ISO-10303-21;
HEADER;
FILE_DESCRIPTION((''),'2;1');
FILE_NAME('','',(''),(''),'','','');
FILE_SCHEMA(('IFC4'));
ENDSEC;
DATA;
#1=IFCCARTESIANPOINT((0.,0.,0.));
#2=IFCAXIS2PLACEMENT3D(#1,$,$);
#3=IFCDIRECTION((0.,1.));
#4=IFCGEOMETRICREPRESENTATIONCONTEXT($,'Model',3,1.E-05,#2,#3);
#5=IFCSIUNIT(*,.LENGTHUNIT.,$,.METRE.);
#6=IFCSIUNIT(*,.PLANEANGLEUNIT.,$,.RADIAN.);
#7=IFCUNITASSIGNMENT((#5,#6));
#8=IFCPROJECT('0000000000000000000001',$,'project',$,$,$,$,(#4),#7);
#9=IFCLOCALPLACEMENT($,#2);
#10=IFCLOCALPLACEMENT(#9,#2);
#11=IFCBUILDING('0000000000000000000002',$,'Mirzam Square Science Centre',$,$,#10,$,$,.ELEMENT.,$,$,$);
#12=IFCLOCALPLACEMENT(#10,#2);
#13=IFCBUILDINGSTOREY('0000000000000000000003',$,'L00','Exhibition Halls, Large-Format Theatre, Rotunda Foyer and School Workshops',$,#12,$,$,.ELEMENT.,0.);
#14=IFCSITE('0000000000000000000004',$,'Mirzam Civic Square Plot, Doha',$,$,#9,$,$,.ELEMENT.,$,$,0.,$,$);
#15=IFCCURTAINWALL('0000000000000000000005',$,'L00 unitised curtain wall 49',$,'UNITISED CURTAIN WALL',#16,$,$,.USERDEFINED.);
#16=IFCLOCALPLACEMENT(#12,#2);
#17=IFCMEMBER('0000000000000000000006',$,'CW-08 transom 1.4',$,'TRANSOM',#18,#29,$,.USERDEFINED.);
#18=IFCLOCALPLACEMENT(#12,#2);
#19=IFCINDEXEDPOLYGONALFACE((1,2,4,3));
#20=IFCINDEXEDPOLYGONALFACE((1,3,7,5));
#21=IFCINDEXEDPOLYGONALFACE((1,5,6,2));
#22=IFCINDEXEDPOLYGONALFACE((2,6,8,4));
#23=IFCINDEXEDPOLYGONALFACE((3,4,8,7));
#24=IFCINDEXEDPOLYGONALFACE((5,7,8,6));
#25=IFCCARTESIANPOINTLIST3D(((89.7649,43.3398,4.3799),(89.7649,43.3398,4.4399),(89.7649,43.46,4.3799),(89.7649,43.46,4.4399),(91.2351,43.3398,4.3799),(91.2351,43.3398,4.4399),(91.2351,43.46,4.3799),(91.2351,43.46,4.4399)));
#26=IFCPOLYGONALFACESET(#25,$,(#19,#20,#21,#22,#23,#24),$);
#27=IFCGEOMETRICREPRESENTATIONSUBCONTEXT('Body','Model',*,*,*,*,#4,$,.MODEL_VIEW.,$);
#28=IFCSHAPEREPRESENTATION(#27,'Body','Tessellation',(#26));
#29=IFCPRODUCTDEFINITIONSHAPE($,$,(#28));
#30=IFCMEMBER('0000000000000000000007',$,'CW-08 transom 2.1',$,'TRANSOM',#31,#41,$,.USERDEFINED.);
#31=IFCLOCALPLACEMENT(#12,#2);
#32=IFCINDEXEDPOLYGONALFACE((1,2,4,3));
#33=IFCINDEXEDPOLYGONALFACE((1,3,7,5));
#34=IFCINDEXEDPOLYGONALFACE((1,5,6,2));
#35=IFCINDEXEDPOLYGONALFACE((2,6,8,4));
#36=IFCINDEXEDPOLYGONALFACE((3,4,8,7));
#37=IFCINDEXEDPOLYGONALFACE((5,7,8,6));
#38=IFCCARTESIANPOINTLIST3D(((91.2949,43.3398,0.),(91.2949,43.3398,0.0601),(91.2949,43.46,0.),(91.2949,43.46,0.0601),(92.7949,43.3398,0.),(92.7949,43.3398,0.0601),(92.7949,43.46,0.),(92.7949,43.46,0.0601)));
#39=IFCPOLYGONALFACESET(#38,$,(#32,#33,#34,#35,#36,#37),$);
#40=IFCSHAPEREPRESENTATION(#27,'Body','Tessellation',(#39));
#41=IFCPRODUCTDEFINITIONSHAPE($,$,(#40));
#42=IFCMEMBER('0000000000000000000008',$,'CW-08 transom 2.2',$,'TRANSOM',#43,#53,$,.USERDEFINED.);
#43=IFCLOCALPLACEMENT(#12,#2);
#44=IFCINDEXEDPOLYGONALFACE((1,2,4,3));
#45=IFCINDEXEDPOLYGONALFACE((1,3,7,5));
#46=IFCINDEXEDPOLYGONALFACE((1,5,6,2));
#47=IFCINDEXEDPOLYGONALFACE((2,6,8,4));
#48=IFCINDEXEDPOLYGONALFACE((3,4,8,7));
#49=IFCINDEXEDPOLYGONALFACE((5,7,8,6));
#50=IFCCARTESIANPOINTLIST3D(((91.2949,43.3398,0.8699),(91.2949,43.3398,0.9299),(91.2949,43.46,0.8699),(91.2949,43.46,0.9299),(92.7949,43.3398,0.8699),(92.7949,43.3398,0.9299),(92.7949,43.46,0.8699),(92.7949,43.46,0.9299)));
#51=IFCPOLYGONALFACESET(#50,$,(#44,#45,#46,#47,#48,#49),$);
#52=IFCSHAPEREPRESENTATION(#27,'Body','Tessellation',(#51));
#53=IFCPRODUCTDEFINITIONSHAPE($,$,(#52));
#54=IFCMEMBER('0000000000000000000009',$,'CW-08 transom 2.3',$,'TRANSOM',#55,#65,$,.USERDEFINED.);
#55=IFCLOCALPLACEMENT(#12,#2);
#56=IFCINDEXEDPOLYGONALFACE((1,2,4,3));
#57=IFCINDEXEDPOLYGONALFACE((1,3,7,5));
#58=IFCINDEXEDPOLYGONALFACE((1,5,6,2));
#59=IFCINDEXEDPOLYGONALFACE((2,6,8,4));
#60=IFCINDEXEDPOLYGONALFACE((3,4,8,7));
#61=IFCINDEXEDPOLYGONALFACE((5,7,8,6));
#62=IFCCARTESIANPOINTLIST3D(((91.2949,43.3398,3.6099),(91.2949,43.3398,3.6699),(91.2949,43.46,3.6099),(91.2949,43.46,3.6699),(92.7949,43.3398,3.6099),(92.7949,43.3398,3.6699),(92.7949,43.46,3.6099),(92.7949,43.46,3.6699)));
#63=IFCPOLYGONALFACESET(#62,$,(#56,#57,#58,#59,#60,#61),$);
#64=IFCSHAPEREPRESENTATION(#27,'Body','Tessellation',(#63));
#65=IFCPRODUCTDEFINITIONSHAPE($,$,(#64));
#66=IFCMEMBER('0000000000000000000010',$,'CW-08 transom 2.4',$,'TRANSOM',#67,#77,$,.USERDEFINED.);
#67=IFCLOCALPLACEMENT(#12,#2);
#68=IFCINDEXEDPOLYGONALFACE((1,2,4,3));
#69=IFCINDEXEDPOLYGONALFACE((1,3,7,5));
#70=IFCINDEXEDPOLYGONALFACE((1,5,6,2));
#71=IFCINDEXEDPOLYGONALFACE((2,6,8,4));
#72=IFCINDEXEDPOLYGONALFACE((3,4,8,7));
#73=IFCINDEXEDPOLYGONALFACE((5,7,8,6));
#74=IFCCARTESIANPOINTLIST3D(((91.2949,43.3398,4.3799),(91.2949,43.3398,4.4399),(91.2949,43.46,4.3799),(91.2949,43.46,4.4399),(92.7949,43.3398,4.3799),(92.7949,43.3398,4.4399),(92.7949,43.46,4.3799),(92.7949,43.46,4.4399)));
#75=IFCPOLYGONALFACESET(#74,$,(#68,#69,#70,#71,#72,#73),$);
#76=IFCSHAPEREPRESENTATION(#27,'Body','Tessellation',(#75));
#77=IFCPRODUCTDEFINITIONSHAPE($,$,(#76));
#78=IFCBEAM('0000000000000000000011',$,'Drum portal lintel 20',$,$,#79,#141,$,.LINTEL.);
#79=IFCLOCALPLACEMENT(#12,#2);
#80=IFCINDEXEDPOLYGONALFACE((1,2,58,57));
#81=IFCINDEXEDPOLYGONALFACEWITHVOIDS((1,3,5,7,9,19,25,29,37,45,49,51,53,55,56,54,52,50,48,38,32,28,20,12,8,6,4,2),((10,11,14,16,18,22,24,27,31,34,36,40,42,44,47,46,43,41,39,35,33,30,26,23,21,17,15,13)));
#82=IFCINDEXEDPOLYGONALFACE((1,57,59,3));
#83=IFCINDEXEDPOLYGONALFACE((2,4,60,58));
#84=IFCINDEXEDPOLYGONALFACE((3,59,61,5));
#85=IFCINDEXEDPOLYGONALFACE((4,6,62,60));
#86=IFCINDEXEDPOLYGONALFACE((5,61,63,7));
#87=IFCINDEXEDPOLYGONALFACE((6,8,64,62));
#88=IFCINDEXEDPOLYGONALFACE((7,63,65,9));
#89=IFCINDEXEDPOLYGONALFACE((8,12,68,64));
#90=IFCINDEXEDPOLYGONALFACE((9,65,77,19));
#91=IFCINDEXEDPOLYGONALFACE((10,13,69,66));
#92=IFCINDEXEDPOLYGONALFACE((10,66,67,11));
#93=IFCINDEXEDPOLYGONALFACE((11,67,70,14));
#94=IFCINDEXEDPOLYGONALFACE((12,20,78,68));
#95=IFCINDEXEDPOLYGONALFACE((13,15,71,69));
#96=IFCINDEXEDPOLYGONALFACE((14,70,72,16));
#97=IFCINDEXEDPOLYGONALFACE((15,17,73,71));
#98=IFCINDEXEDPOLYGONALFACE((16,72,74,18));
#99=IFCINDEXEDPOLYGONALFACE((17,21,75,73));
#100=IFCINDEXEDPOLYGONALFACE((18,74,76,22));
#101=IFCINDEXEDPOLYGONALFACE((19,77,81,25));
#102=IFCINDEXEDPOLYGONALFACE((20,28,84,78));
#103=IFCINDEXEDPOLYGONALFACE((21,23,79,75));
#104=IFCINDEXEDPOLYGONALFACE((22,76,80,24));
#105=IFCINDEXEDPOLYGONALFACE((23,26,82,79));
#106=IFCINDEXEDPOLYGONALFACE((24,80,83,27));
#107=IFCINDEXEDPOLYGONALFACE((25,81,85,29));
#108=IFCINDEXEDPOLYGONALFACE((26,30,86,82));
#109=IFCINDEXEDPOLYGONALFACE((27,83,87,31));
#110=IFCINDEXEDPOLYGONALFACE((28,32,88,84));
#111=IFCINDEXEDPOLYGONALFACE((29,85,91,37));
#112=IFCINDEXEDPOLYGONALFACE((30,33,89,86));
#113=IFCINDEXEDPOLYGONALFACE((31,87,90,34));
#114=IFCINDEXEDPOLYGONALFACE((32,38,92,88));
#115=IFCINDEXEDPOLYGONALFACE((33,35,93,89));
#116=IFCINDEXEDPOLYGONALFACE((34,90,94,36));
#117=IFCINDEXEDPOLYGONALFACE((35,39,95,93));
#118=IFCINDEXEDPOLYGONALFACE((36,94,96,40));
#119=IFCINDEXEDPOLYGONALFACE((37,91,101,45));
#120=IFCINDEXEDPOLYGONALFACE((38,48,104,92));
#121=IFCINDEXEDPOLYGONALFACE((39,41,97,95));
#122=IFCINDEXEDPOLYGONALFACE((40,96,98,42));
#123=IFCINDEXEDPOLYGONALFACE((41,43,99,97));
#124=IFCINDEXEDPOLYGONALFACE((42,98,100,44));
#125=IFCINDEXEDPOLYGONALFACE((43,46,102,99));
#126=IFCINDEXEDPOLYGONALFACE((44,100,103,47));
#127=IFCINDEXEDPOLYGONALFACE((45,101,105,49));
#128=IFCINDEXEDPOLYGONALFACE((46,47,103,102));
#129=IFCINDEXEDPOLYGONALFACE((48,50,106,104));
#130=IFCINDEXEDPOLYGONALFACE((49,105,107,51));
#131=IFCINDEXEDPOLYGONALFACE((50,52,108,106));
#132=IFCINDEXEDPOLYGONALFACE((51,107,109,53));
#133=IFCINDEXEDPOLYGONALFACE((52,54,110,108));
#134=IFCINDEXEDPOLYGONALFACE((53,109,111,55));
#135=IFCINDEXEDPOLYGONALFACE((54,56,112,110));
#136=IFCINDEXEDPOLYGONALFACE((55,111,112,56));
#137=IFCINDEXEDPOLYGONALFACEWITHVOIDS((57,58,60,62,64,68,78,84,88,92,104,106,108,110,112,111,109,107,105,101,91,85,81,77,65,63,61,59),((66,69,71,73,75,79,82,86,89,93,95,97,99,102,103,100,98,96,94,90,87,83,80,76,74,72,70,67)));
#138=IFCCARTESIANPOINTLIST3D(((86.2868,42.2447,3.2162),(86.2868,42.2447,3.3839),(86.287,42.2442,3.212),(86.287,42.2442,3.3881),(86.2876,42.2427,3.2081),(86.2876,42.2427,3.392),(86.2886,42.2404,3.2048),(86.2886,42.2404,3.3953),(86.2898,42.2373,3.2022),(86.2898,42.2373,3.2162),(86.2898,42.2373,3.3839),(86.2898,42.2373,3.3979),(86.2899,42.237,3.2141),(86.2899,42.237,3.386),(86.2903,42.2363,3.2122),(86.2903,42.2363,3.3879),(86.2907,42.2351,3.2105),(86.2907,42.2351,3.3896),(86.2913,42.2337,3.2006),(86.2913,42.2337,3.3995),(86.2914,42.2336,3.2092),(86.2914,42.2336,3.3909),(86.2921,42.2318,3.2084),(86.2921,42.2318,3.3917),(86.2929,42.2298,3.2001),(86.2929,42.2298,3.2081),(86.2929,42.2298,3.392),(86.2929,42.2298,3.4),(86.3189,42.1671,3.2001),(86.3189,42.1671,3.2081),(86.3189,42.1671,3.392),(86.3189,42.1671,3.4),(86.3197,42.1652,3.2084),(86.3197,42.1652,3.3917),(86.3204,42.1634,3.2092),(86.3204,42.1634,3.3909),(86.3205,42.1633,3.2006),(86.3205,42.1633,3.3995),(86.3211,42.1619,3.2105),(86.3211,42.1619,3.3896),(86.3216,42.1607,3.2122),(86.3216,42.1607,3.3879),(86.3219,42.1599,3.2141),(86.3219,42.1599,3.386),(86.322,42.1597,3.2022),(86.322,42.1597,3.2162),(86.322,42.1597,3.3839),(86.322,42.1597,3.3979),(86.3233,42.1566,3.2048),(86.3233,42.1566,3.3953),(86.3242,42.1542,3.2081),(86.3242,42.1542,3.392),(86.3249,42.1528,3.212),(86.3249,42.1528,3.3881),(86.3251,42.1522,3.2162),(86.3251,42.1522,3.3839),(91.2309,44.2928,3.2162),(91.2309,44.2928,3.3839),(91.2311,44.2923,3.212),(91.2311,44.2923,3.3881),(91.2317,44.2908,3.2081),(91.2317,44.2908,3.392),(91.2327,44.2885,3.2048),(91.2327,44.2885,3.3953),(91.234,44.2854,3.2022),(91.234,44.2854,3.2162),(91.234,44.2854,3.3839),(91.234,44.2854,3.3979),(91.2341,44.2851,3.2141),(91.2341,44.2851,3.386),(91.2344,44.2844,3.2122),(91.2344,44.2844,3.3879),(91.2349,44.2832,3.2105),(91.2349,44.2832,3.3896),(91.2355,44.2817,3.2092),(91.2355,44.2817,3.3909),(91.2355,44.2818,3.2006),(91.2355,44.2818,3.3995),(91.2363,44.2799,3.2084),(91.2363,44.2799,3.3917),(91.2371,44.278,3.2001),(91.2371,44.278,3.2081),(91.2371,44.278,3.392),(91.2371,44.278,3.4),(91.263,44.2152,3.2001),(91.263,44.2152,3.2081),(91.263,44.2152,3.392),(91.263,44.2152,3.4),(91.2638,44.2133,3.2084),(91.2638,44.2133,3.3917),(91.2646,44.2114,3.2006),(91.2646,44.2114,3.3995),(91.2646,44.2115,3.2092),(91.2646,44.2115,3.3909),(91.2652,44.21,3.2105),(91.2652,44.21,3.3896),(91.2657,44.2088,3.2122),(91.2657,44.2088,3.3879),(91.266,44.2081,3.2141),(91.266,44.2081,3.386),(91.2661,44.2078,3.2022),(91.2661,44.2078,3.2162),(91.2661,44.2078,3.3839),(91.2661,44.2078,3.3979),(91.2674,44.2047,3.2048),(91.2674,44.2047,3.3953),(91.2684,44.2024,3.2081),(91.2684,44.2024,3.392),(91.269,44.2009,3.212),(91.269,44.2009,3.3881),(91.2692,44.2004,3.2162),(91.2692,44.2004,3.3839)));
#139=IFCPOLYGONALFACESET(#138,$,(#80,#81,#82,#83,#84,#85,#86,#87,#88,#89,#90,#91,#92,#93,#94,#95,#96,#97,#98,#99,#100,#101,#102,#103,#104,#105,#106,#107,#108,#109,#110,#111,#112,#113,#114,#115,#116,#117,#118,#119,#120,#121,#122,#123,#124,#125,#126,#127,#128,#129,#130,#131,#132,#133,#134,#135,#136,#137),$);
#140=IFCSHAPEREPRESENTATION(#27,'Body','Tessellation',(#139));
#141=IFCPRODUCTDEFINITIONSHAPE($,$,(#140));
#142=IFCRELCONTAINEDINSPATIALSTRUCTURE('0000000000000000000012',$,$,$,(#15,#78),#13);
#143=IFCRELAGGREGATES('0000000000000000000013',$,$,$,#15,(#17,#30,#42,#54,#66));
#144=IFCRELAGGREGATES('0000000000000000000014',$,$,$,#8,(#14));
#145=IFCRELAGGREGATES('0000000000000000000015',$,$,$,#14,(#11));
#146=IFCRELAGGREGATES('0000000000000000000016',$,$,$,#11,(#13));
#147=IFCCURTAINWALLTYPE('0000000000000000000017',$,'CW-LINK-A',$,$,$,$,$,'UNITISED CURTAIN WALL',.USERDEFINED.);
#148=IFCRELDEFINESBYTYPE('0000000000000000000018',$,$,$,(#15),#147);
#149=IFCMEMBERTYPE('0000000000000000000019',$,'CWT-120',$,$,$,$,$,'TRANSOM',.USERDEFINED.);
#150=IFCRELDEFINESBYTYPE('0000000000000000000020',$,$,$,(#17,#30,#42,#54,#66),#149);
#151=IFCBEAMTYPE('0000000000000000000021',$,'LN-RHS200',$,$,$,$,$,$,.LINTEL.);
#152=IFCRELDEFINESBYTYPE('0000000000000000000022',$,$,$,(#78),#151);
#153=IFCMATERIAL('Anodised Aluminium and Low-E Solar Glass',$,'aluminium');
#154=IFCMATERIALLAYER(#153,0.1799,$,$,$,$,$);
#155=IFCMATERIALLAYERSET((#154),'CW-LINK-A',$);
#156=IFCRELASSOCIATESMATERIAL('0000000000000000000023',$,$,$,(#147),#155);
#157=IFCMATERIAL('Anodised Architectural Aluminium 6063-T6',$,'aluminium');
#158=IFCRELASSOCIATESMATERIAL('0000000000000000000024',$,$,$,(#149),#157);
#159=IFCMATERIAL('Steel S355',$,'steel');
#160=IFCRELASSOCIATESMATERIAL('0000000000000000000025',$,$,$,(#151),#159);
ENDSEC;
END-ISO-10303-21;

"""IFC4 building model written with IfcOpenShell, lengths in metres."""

from ifc_helpers import new_model, si_unit, direction, frame, origin, origin_2d, place, context, subcontext, project, spatial, rectangle, hollow_rectangle, extrude, material, layer, layer_set, material_profile, profile_set, type_object, element, aggregate, save


model = new_model("IFC4")

# Units and contexts
model_context = context("Model", 3, precision=1e-05, world=origin(), true_north=direction((0.0, 1.0)))
body_context = subcontext(model_context, "Body", "Model", "MODEL_VIEW")
ifc_project = project(units=[si_unit("LENGTHUNIT", "METRE"), si_unit("PLANEANGLEUNIT", "RADIAN")], contexts=[model_context])

# Site, building, storey
site_placement = place(None, origin())
site = spatial("IfcSite", under=ifc_project, at=site_placement, Name="Mirzam Civic Square Plot, Doha", CompositionType="ELEMENT", RefElevation=0.0)
building_placement = place(site_placement, origin())
building = spatial("IfcBuilding", under=site, at=building_placement, Name="Mirzam Square Science Centre", CompositionType="ELEMENT")
storey_placement = place(building_placement, origin())
storey = spatial("IfcBuildingStorey", under=building, at=storey_placement, Name="L00", Description="Exhibition Halls, Large-Format Theatre, Rotunda Foyer and School Workshops", CompositionType="ELEMENT", Elevation=0.0)

# Shared definitions
ifc_material_1 = material(Name="Steel S355", Category="steel")

# Curtain wall, members
ifc_material_2 = material(Name="Anodised Aluminium and Low-E Solar Glass", Category="aluminium")
ifc_layer_1 = layer(ifc_material_2, 0.1799)
ifc_layer_set_1 = layer_set([ifc_layer_1], Name="CW-LINK-A")
curtain_wall_type = type_object("IfcCurtainWallType", Name="CW-LINK-A", ElementType="UNITISED CURTAIN WALL", PredefinedType="USERDEFINED", material=ifc_layer_set_1)
curtain_wall_placement = place(storey_placement, origin())
curtain_wall = element("IfcCurtainWall", 1, at=curtain_wall_placement, inside=storey, type_object=curtain_wall_type, Name="L00 unitised curtain wall 49", ObjectType="UNITISED CURTAIN WALL", PredefinedType="USERDEFINED")
ifc_material_3 = material(Name="Anodised Architectural Aluminium 6063-T6", Category="aluminium")
ifc_material_profile_1 = material_profile(ifc_material_3, rectangle(XDim=0.1201, YDim=0.0601, at=origin_2d()), Name="ALU-TRAN-120x60x4")
ifc_profile_set_1 = profile_set([ifc_material_profile_1], Name="Anodised Architectural Aluminium 6063-T6")
member_type_1 = type_object("IfcMemberType", Name="CWT-120", ElementType="TRANSOM", PredefinedType="USERDEFINED", material=ifc_profile_set_1)
member_1_placement = place(storey_placement, frame((89.7649, 43.3999, 4.4099), z_axis=(1.0, 0.0, 0.0), x_axis=(0.0, 1.0, 0.0)))
member_1 = element("IfcMember", 2, at=member_1_placement, type_object=member_type_1, Name="CW-08 transom 1.4", ObjectType="TRANSOM", PredefinedType="USERDEFINED", context=body_context, shape_type="SweptSolid", body=[
    extrude(rectangle(XDim=0.1201, YDim=0.0601, at=origin_2d()), origin(), (0.0, 0.0, 1.0), 1.4702),
])
member_2_placement = place(storey_placement, frame((91.2949, 43.3999, 0.03), z_axis=(1.0, 0.0, 0.0), x_axis=(0.0, 1.0, 0.0)))
member_2 = element("IfcMember", 3, at=member_2_placement, type_object=member_type_1, Name="CW-08 transom 2.1", ObjectType="TRANSOM", PredefinedType="USERDEFINED", context=body_context, shape_type="SweptSolid", body=[
    extrude(rectangle(XDim=0.1201, YDim=0.0601, at=origin_2d()), origin(), (0.0, 0.0, 1.0), 1.5),
])
member_3_placement = place(storey_placement, frame((91.2949, 43.3999, 0.8999), z_axis=(1.0, 0.0, 0.0), x_axis=(0.0, 1.0, 0.0)))
member_3 = element("IfcMember", 4, at=member_3_placement, type_object=member_type_1, Name="CW-08 transom 2.2", ObjectType="TRANSOM", PredefinedType="USERDEFINED", context=body_context, shape_type="SweptSolid", body=[
    extrude(rectangle(XDim=0.1201, YDim=0.0601, at=origin_2d()), origin(), (0.0, 0.0, 1.0), 1.5),
])
member_4_placement = place(storey_placement, frame((91.2949, 43.3999, 3.6399), z_axis=(1.0, 0.0, 0.0), x_axis=(0.0, 1.0, 0.0)))
member_4 = element("IfcMember", 5, at=member_4_placement, type_object=member_type_1, Name="CW-08 transom 2.3", ObjectType="TRANSOM", PredefinedType="USERDEFINED", context=body_context, shape_type="SweptSolid", body=[
    extrude(rectangle(XDim=0.1201, YDim=0.0601, at=origin_2d()), origin(), (0.0, 0.0, 1.0), 1.5),
])
member_5_placement = place(storey_placement, frame((91.2949, 43.3999, 4.4099), z_axis=(1.0, 0.0, 0.0), x_axis=(0.0, 1.0, 0.0)))
member_5 = element("IfcMember", 6, at=member_5_placement, type_object=member_type_1, Name="CW-08 transom 2.4", ObjectType="TRANSOM", PredefinedType="USERDEFINED", context=body_context, shape_type="SweptSolid", body=[
    extrude(rectangle(XDim=0.1201, YDim=0.0601, at=origin_2d()), origin(), (0.0, 0.0, 1.0), 1.5),
])

# Beam
ifc_material_profile_2 = material_profile(ifc_material_1, hollow_rectangle(XDim=0.1001, YDim=0.2, WallThickness=0.0081, InnerFilletRadius=0.0081, OuterFilletRadius=0.0161, at=origin_2d()), Name="200x100x8.0RHS")
ifc_profile_set_2 = profile_set([ifc_material_profile_2], Name="Steel S355")
beam_type_1 = type_object("IfcBeamType", Name="LN-RHS200", PredefinedType="LINTEL", material=ifc_profile_set_2)
beam_placement = place(storey_placement, frame((86.3059, 42.1985, 3.3), z_axis=(0.923867, 0.382713, 0.0), x_axis=(-0.382713, 0.923867, 0.0)))
element("IfcBeam", 7, at=beam_placement, inside=storey, type_object=beam_type_1, Name="Drum portal lintel 20", PredefinedType="LINTEL", context=body_context, shape_type="SweptSolid", body=[
    extrude(hollow_rectangle(XDim=0.1001, YDim=0.2, WallThickness=0.0081, InnerFilletRadius=0.0081, OuterFilletRadius=0.0161, at=origin_2d()), origin(), (0.0, 0.0, 1.0), 5.3516),
])

aggregate(curtain_wall, [member_1, member_2, member_3, member_4, member_5])

save(model, "model.ifc")
